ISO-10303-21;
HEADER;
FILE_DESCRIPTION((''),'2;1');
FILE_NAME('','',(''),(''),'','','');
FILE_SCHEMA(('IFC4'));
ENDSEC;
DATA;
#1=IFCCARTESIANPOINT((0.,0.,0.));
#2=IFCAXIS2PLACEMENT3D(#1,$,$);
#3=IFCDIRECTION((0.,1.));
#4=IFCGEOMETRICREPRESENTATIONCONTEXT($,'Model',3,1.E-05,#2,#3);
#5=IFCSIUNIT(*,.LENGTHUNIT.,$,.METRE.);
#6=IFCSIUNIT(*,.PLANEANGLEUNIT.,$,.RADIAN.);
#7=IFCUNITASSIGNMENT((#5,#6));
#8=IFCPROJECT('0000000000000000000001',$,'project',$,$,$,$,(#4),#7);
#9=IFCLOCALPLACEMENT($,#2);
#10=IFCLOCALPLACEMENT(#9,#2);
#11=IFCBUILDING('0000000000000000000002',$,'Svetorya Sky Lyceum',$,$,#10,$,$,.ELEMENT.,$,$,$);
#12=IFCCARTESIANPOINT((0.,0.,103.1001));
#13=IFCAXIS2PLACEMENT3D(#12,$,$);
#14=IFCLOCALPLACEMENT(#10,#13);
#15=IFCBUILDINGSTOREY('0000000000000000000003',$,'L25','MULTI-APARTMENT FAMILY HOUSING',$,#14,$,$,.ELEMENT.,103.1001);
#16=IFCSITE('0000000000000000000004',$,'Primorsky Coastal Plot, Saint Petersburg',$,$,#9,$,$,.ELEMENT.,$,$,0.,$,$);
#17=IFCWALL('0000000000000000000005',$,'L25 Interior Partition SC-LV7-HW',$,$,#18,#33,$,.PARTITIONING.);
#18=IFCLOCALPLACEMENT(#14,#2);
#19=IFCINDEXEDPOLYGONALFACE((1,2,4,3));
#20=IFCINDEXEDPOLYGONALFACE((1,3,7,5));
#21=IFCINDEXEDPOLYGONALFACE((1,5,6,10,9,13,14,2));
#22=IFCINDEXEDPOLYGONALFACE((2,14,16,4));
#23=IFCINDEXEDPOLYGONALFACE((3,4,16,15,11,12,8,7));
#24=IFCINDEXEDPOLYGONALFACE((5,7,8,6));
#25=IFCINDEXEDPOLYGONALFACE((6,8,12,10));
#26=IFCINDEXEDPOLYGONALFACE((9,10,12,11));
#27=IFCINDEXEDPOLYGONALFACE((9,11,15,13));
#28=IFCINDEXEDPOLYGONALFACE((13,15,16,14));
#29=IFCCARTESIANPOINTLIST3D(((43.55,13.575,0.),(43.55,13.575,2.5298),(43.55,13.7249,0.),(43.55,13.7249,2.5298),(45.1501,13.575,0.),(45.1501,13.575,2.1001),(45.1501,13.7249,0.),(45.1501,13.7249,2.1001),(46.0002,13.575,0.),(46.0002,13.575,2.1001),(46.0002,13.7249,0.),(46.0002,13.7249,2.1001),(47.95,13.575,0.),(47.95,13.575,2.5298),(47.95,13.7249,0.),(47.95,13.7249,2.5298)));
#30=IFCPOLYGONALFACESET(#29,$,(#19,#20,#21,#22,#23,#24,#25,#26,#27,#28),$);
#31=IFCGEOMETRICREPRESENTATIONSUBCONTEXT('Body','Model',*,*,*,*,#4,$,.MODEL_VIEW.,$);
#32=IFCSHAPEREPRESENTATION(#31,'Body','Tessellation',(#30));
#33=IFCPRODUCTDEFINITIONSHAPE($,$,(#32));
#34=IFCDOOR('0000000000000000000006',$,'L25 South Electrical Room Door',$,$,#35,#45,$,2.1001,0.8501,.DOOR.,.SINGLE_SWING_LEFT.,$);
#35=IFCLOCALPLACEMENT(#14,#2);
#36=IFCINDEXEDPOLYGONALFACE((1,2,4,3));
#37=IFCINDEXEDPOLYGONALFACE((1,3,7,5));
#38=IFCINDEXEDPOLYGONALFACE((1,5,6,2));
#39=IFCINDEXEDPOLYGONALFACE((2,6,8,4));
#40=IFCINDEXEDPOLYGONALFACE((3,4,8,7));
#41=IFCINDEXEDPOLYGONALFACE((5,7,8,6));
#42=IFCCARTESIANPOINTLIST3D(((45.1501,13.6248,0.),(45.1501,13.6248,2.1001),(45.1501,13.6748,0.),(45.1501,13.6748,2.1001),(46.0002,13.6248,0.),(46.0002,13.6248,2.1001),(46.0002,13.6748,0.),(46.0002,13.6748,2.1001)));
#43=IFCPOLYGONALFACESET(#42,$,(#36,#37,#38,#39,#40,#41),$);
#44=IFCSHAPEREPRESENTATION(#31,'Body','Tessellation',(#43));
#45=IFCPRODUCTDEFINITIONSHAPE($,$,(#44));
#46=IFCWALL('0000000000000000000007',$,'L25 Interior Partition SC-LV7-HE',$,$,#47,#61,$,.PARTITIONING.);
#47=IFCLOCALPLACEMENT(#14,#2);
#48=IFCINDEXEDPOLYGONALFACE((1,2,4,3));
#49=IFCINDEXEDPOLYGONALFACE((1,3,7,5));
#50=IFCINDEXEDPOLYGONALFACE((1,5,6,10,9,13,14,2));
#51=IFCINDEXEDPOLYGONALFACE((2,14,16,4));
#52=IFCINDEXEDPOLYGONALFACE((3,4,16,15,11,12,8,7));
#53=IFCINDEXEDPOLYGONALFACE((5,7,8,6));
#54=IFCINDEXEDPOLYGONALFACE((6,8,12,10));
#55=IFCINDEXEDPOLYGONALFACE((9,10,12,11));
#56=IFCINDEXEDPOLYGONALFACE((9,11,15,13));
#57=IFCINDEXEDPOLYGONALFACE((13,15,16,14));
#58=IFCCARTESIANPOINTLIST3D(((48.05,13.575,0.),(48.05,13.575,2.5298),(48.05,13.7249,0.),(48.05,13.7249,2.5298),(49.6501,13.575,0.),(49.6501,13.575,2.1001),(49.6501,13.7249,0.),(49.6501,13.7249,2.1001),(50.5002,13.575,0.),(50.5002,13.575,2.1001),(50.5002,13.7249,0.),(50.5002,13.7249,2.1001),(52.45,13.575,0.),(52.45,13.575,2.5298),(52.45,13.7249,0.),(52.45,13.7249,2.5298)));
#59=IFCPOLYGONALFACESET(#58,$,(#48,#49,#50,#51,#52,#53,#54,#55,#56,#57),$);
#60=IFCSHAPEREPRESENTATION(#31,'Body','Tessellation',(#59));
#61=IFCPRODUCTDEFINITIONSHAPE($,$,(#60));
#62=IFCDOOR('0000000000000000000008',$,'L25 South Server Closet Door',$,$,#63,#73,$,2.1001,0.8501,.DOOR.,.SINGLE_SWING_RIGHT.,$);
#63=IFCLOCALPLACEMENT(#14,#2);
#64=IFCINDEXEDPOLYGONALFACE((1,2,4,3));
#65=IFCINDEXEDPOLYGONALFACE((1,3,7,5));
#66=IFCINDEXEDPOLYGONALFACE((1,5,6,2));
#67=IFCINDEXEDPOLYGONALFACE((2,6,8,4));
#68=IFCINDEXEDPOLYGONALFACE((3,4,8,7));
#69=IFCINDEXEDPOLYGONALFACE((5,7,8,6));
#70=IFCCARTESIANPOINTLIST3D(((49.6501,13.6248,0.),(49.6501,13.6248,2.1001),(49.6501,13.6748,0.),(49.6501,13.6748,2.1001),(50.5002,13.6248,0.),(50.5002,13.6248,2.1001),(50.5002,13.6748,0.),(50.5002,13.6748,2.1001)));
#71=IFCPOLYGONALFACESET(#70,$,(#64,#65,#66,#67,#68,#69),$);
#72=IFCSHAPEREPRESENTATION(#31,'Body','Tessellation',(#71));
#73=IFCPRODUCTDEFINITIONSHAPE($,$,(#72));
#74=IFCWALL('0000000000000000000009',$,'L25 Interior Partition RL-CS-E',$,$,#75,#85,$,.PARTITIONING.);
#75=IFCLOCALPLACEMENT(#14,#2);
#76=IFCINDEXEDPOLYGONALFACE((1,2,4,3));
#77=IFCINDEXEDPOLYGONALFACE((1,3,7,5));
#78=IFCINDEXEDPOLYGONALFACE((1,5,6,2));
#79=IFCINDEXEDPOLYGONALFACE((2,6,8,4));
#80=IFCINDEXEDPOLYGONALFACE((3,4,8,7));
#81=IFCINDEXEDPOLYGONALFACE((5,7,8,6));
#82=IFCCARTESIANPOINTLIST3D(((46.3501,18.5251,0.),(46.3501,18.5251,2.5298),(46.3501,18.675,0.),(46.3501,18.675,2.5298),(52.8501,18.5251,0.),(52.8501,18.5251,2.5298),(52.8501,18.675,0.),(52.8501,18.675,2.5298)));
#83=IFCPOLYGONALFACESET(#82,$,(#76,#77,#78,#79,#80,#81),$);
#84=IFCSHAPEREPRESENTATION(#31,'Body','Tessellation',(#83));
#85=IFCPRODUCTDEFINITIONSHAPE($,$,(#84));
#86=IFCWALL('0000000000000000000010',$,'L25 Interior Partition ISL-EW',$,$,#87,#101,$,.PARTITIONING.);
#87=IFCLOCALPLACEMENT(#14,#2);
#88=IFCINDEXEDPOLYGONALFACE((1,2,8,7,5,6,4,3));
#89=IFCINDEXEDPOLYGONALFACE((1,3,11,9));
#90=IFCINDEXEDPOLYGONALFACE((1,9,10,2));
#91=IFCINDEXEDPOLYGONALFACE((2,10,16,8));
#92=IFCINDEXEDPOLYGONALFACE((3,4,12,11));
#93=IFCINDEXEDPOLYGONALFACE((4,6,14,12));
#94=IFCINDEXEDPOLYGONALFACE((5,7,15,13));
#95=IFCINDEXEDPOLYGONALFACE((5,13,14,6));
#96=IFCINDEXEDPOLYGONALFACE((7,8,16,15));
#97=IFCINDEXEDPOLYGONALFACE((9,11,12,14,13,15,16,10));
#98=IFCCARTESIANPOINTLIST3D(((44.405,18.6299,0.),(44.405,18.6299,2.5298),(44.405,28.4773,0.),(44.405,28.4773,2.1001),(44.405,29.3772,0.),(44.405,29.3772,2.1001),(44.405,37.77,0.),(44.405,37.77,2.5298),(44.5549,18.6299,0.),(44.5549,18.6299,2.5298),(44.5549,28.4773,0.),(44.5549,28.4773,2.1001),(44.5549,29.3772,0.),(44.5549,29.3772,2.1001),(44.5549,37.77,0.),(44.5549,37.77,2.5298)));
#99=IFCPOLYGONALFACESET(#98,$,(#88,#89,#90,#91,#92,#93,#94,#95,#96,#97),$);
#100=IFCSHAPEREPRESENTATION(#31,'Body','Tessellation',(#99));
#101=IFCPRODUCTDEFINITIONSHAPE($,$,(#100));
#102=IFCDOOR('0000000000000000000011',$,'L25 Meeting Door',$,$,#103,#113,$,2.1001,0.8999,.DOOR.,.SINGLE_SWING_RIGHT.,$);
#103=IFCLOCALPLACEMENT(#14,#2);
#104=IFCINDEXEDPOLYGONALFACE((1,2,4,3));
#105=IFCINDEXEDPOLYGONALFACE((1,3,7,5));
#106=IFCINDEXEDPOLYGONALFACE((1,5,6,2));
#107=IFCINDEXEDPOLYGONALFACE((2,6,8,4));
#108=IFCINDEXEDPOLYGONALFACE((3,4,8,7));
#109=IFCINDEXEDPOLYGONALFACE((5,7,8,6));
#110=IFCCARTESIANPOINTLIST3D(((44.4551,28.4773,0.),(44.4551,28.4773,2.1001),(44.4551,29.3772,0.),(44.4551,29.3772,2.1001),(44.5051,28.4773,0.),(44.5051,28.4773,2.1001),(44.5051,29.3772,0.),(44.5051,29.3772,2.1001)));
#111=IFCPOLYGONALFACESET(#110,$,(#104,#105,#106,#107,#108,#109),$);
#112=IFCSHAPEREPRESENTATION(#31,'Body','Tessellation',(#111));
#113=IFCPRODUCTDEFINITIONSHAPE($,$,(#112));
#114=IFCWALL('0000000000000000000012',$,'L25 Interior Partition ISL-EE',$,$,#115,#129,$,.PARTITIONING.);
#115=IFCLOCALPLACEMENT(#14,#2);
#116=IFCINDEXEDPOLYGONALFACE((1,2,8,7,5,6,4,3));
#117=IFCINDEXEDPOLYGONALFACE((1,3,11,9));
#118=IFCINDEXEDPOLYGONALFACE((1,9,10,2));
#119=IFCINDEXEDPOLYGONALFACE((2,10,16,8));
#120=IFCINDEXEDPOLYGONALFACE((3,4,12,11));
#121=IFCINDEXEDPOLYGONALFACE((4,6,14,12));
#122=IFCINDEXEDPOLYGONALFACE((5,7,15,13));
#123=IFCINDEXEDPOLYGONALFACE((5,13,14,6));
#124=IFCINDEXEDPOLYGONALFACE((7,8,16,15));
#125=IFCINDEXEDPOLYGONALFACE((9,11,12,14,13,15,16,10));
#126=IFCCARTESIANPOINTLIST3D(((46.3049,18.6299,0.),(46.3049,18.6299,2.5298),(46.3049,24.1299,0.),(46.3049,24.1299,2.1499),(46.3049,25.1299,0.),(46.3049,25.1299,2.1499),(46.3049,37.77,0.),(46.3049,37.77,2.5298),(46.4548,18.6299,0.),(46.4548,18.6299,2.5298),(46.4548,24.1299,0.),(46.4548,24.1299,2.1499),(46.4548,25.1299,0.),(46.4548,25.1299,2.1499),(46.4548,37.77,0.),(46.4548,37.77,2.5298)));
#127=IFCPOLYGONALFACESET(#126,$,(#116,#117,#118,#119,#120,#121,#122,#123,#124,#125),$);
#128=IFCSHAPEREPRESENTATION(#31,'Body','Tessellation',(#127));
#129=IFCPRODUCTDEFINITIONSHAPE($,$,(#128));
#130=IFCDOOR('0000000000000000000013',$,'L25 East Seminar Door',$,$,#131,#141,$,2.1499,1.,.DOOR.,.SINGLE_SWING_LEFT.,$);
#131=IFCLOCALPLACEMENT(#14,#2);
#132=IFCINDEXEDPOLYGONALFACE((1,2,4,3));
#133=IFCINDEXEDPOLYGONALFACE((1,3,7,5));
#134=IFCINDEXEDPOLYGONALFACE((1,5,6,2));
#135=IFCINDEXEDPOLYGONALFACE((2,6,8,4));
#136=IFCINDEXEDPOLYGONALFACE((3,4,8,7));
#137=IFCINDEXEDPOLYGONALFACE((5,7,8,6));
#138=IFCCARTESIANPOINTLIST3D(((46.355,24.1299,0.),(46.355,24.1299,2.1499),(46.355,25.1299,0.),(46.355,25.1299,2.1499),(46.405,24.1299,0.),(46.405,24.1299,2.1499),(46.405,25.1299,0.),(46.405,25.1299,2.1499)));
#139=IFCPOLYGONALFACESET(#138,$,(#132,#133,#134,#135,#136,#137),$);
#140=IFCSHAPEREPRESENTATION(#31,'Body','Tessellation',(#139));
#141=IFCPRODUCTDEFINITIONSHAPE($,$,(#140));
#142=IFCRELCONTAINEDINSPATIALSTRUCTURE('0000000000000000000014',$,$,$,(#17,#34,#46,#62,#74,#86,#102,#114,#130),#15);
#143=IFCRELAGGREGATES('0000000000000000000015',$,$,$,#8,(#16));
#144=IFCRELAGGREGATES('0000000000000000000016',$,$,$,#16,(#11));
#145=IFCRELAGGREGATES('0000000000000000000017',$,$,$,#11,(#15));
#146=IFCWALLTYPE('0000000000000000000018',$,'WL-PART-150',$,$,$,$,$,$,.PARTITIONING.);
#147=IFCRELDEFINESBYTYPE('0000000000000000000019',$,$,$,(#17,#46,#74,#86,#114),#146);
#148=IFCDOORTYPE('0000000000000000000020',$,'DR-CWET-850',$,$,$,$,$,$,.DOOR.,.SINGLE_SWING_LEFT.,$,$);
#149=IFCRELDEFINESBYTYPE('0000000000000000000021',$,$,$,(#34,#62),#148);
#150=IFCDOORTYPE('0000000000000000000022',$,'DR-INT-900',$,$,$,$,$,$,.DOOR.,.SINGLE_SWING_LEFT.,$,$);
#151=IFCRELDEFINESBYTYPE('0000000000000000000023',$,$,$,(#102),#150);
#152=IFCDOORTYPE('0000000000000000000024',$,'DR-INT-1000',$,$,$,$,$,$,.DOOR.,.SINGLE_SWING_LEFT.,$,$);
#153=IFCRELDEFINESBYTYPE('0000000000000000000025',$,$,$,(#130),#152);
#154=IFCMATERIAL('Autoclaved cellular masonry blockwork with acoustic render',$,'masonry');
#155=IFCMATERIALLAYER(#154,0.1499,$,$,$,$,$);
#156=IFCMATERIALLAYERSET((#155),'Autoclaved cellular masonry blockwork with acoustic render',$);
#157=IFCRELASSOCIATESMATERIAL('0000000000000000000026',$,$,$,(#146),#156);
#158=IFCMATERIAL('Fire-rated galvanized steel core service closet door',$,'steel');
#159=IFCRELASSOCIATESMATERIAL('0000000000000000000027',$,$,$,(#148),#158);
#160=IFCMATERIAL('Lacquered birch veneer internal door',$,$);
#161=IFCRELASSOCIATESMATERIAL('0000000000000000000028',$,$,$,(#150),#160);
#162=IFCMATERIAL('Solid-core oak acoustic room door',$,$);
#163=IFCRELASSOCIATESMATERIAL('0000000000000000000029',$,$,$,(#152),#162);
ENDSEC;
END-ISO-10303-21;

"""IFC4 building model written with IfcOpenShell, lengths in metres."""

from ifc_helpers import new_model, si_unit, direction, frame, frame_2d, origin, place, context, subcontext, project, spatial, rectangle, extrude, material, layer, layer_set, type_object, element, fill, save


model = new_model("IFC4")

# Units and contexts
model_context = context("Model", 3, precision=1e-05, world=origin(), true_north=direction((0.0, 1.0)))
body_context = subcontext(model_context, "Body", "Model", "MODEL_VIEW")
ifc_project = project(units=[si_unit("LENGTHUNIT", "METRE"), si_unit("PLANEANGLEUNIT", "RADIAN")], contexts=[model_context])

# Site, building, storey
site_placement = place(None, origin())
site = spatial("IfcSite", under=ifc_project, at=site_placement, Name="Primorsky Coastal Plot, Saint Petersburg", CompositionType="ELEMENT", RefElevation=0.0)
building_placement = place(site_placement, origin())
building = spatial("IfcBuilding", under=site, at=building_placement, Name="Svetorya Sky Lyceum", CompositionType="ELEMENT")
storey_placement = place(building_placement, frame((0.0, 0.0, 103.1001)))
storey = spatial("IfcBuildingStorey", under=building, at=storey_placement, Name="L25", Description="MULTI-APARTMENT FAMILY HOUSING", CompositionType="ELEMENT", Elevation=103.1001)

# Shared definitions
ifc_material_1 = material(Name="Autoclaved cellular masonry blockwork with acoustic render", Category="masonry")
ifc_layer_1 = layer(ifc_material_1, 0.1499)
ifc_layer_set_1 = layer_set([ifc_layer_1], Name="Autoclaved cellular masonry blockwork with acoustic render")
wall_type_1 = type_object("IfcWallType", Name="WL-PART-150", PredefinedType="PARTITIONING", material=ifc_layer_set_1)

# Walls, openings, doors
wall_1_placement = place(storey_placement, frame((43.55, 13.6499, 0.0), z_axis=(0.0, 0.0, 1.0), x_axis=(1.0, 0.0, 0.0)))
wall_1 = element("IfcWall", 1, at=wall_1_placement, inside=storey, type_object=wall_type_1, Name="L25 Interior Partition SC-LV7-HW", PredefinedType="PARTITIONING", context=body_context, shape_type="SweptSolid", body=[
    extrude(rectangle(XDim=4.3999, YDim=0.1499, at=frame_2d((2.2, 0.0))), origin(), (0.0, 0.0, 1.0), 2.5298),
])
opening_1_placement = place(wall_1_placement, frame((1.6001, 0.0, 0.0)))
opening_1 = element("IfcOpeningElement", 2, at=opening_1_placement, cuts=wall_1, PredefinedType="OPENING", context=body_context, shape_type="SweptSolid", body=[
    extrude(rectangle(XDim=0.8501, YDim=2.1001, at=frame_2d((0.425, 1.05))), frame((0.0, 0.085, 0.0), z_axis=(0.0, -1.0, 0.0), x_axis=(1.0, 0.0, 0.0)), (0.0, 0.0, 1.0), 0.1699),
])
ifc_material_2 = material(Name="Fire-rated galvanized steel core service closet door", Category="steel")
door_type_1 = type_object("IfcDoorType", Name="DR-CWET-850", OperationType="SINGLE_SWING_LEFT", PredefinedType="DOOR", material=ifc_material_2)
door_1_placement = place(opening_1_placement, origin())
door_1 = element("IfcDoor", 3, at=door_1_placement, inside=storey, type_object=door_type_1, Name="L25 South Electrical Room Door", OperationType="SINGLE_SWING_LEFT", OverallHeight=2.1001, OverallWidth=0.8501, PredefinedType="DOOR", context=body_context, shape_type="SweptSolid", body=[
    extrude(rectangle(XDim=0.8501, YDim=2.1001, at=frame_2d((0.425, 1.05))), frame((0.0, 0.0249, 0.0), z_axis=(0.0, -1.0, 0.0), x_axis=(1.0, 0.0, 0.0)), (0.0, 0.0, 1.0), 0.05),
])
fill(opening_1, door_1)
wall_2_placement = place(storey_placement, frame((48.05, 13.6499, 0.0), z_axis=(0.0, 0.0, 1.0), x_axis=(1.0, 0.0, 0.0)))
wall_2 = element("IfcWall", 4, at=wall_2_placement, inside=storey, type_object=wall_type_1, Name="L25 Interior Partition SC-LV7-HE", PredefinedType="PARTITIONING", context=body_context, shape_type="SweptSolid", body=[
    extrude(rectangle(XDim=4.3999, YDim=0.1499, at=frame_2d((2.2, 0.0))), origin(), (0.0, 0.0, 1.0), 2.5298),
])
opening_2_placement = place(wall_2_placement, frame((1.6001, 0.0, 0.0)))
opening_2 = element("IfcOpeningElement", 5, at=opening_2_placement, cuts=wall_2, PredefinedType="OPENING", context=body_context, shape_type="SweptSolid", body=[
    extrude(rectangle(XDim=0.8501, YDim=2.1001, at=frame_2d((0.425, 1.05))), frame((0.0, 0.085, 0.0), z_axis=(0.0, -1.0, 0.0), x_axis=(1.0, 0.0, 0.0)), (0.0, 0.0, 1.0), 0.1699),
])
door_2_placement = place(opening_2_placement, origin())
door_2 = element("IfcDoor", 6, at=door_2_placement, inside=storey, type_object=door_type_1, Name="L25 South Server Closet Door", OperationType="SINGLE_SWING_RIGHT", OverallHeight=2.1001, OverallWidth=0.8501, PredefinedType="DOOR", context=body_context, shape_type="SweptSolid", body=[
    extrude(rectangle(XDim=0.8501, YDim=2.1001, at=frame_2d((0.425, 1.05))), frame((0.0, 0.0249, 0.0), z_axis=(0.0, -1.0, 0.0), x_axis=(1.0, 0.0, 0.0)), (0.0, 0.0, 1.0), 0.05),
])
fill(opening_2, door_2)

# Wall
wall_3_placement = place(storey_placement, frame((46.3501, 18.6001, 0.0), z_axis=(0.0, 0.0, 1.0), x_axis=(1.0, 0.0, 0.0)))
element("IfcWall", 7, at=wall_3_placement, inside=storey, type_object=wall_type_1, Name="L25 Interior Partition RL-CS-E", PredefinedType="PARTITIONING", context=body_context, shape_type="SweptSolid", body=[
    extrude(rectangle(XDim=6.5, YDim=0.1499, at=frame_2d((3.25, 0.0))), origin(), (0.0, 0.0, 1.0), 2.5298),
])

# Walls, openings, doors
wall_4_placement = place(storey_placement, frame((44.48, 18.6299, 0.0), z_axis=(0.0, 0.0, 1.0), x_axis=(0.0, 1.0, 0.0)))
wall_4 = element("IfcWall", 8, at=wall_4_placement, inside=storey, type_object=wall_type_1, Name="L25 Interior Partition ISL-EW", PredefinedType="PARTITIONING", context=body_context, shape_type="SweptSolid", body=[
    extrude(rectangle(XDim=19.1401, YDim=0.1499, at=frame_2d((9.5701, 0.0))), origin(), (0.0, 0.0, 1.0), 2.5298),
])
opening_3_placement = place(wall_4_placement, frame((9.8474, 0.0, 0.0)))
opening_3 = element("IfcOpeningElement", 9, at=opening_3_placement, cuts=wall_4, PredefinedType="OPENING", context=body_context, shape_type="SweptSolid", body=[
    extrude(rectangle(XDim=0.8999, YDim=2.1001, at=frame_2d((0.45, 1.05))), frame((0.0, 0.085, 0.0), z_axis=(0.0, -1.0, 0.0), x_axis=(1.0, 0.0, 0.0)), (0.0, 0.0, 1.0), 0.1699),
])
ifc_material_3 = material(Name="Lacquered birch veneer internal door")
door_type_2 = type_object("IfcDoorType", Name="DR-INT-900", OperationType="SINGLE_SWING_LEFT", PredefinedType="DOOR", material=ifc_material_3)
door_3_placement = place(opening_3_placement, origin())
door_3 = element("IfcDoor", 10, at=door_3_placement, inside=storey, type_object=door_type_2, Name="L25 Meeting Door", OperationType="SINGLE_SWING_RIGHT", OverallHeight=2.1001, OverallWidth=0.8999, PredefinedType="DOOR", context=body_context, shape_type="SweptSolid", body=[
    extrude(rectangle(XDim=0.8999, YDim=2.1001, at=frame_2d((0.45, 1.05))), frame((0.0, 0.0249, 0.0), z_axis=(0.0, -1.0, 0.0), x_axis=(1.0, 0.0, 0.0)), (0.0, 0.0, 1.0), 0.05),
])
fill(opening_3, door_3)
wall_5_placement = place(storey_placement, frame((46.3799, 18.6299, 0.0), z_axis=(0.0, 0.0, 1.0), x_axis=(0.0, 1.0, 0.0)))
wall_5 = element("IfcWall", 11, at=wall_5_placement, inside=storey, type_object=wall_type_1, Name="L25 Interior Partition ISL-EE", PredefinedType="PARTITIONING", context=body_context, shape_type="SweptSolid", body=[
    extrude(rectangle(XDim=19.1401, YDim=0.1499, at=frame_2d((9.5701, 0.0))), origin(), (0.0, 0.0, 1.0), 2.5298),
])
opening_4_placement = place(wall_5_placement, frame((5.5, 0.0, 0.0)))
opening_4 = element("IfcOpeningElement", 12, at=opening_4_placement, cuts=wall_5, PredefinedType="OPENING", context=body_context, shape_type="SweptSolid", body=[
    extrude(rectangle(XDim=1.0, YDim=2.1499, at=frame_2d((0.5, 1.075))), frame((0.0, 0.085, 0.0), z_axis=(0.0, -1.0, 0.0), x_axis=(1.0, 0.0, 0.0)), (0.0, 0.0, 1.0), 0.1699),
])
ifc_material_4 = material(Name="Solid-core oak acoustic room door")
door_type_3 = type_object("IfcDoorType", Name="DR-INT-1000", OperationType="SINGLE_SWING_LEFT", PredefinedType="DOOR", material=ifc_material_4)
door_4_placement = place(opening_4_placement, origin())
door_4 = element("IfcDoor", 13, at=door_4_placement, inside=storey, type_object=door_type_3, Name="L25 East Seminar Door", OperationType="SINGLE_SWING_LEFT", OverallHeight=2.1499, OverallWidth=1.0, PredefinedType="DOOR", context=body_context, shape_type="SweptSolid", body=[
    extrude(rectangle(XDim=1.0, YDim=2.1499, at=frame_2d((0.5, 1.075))), frame((0.0, 0.0249, 0.0), z_axis=(0.0, -1.0, 0.0), x_axis=(1.0, 0.0, 0.0)), (0.0, 0.0, 1.0), 0.05),
])
fill(opening_4, door_4)

save(model, "model.ifc")
